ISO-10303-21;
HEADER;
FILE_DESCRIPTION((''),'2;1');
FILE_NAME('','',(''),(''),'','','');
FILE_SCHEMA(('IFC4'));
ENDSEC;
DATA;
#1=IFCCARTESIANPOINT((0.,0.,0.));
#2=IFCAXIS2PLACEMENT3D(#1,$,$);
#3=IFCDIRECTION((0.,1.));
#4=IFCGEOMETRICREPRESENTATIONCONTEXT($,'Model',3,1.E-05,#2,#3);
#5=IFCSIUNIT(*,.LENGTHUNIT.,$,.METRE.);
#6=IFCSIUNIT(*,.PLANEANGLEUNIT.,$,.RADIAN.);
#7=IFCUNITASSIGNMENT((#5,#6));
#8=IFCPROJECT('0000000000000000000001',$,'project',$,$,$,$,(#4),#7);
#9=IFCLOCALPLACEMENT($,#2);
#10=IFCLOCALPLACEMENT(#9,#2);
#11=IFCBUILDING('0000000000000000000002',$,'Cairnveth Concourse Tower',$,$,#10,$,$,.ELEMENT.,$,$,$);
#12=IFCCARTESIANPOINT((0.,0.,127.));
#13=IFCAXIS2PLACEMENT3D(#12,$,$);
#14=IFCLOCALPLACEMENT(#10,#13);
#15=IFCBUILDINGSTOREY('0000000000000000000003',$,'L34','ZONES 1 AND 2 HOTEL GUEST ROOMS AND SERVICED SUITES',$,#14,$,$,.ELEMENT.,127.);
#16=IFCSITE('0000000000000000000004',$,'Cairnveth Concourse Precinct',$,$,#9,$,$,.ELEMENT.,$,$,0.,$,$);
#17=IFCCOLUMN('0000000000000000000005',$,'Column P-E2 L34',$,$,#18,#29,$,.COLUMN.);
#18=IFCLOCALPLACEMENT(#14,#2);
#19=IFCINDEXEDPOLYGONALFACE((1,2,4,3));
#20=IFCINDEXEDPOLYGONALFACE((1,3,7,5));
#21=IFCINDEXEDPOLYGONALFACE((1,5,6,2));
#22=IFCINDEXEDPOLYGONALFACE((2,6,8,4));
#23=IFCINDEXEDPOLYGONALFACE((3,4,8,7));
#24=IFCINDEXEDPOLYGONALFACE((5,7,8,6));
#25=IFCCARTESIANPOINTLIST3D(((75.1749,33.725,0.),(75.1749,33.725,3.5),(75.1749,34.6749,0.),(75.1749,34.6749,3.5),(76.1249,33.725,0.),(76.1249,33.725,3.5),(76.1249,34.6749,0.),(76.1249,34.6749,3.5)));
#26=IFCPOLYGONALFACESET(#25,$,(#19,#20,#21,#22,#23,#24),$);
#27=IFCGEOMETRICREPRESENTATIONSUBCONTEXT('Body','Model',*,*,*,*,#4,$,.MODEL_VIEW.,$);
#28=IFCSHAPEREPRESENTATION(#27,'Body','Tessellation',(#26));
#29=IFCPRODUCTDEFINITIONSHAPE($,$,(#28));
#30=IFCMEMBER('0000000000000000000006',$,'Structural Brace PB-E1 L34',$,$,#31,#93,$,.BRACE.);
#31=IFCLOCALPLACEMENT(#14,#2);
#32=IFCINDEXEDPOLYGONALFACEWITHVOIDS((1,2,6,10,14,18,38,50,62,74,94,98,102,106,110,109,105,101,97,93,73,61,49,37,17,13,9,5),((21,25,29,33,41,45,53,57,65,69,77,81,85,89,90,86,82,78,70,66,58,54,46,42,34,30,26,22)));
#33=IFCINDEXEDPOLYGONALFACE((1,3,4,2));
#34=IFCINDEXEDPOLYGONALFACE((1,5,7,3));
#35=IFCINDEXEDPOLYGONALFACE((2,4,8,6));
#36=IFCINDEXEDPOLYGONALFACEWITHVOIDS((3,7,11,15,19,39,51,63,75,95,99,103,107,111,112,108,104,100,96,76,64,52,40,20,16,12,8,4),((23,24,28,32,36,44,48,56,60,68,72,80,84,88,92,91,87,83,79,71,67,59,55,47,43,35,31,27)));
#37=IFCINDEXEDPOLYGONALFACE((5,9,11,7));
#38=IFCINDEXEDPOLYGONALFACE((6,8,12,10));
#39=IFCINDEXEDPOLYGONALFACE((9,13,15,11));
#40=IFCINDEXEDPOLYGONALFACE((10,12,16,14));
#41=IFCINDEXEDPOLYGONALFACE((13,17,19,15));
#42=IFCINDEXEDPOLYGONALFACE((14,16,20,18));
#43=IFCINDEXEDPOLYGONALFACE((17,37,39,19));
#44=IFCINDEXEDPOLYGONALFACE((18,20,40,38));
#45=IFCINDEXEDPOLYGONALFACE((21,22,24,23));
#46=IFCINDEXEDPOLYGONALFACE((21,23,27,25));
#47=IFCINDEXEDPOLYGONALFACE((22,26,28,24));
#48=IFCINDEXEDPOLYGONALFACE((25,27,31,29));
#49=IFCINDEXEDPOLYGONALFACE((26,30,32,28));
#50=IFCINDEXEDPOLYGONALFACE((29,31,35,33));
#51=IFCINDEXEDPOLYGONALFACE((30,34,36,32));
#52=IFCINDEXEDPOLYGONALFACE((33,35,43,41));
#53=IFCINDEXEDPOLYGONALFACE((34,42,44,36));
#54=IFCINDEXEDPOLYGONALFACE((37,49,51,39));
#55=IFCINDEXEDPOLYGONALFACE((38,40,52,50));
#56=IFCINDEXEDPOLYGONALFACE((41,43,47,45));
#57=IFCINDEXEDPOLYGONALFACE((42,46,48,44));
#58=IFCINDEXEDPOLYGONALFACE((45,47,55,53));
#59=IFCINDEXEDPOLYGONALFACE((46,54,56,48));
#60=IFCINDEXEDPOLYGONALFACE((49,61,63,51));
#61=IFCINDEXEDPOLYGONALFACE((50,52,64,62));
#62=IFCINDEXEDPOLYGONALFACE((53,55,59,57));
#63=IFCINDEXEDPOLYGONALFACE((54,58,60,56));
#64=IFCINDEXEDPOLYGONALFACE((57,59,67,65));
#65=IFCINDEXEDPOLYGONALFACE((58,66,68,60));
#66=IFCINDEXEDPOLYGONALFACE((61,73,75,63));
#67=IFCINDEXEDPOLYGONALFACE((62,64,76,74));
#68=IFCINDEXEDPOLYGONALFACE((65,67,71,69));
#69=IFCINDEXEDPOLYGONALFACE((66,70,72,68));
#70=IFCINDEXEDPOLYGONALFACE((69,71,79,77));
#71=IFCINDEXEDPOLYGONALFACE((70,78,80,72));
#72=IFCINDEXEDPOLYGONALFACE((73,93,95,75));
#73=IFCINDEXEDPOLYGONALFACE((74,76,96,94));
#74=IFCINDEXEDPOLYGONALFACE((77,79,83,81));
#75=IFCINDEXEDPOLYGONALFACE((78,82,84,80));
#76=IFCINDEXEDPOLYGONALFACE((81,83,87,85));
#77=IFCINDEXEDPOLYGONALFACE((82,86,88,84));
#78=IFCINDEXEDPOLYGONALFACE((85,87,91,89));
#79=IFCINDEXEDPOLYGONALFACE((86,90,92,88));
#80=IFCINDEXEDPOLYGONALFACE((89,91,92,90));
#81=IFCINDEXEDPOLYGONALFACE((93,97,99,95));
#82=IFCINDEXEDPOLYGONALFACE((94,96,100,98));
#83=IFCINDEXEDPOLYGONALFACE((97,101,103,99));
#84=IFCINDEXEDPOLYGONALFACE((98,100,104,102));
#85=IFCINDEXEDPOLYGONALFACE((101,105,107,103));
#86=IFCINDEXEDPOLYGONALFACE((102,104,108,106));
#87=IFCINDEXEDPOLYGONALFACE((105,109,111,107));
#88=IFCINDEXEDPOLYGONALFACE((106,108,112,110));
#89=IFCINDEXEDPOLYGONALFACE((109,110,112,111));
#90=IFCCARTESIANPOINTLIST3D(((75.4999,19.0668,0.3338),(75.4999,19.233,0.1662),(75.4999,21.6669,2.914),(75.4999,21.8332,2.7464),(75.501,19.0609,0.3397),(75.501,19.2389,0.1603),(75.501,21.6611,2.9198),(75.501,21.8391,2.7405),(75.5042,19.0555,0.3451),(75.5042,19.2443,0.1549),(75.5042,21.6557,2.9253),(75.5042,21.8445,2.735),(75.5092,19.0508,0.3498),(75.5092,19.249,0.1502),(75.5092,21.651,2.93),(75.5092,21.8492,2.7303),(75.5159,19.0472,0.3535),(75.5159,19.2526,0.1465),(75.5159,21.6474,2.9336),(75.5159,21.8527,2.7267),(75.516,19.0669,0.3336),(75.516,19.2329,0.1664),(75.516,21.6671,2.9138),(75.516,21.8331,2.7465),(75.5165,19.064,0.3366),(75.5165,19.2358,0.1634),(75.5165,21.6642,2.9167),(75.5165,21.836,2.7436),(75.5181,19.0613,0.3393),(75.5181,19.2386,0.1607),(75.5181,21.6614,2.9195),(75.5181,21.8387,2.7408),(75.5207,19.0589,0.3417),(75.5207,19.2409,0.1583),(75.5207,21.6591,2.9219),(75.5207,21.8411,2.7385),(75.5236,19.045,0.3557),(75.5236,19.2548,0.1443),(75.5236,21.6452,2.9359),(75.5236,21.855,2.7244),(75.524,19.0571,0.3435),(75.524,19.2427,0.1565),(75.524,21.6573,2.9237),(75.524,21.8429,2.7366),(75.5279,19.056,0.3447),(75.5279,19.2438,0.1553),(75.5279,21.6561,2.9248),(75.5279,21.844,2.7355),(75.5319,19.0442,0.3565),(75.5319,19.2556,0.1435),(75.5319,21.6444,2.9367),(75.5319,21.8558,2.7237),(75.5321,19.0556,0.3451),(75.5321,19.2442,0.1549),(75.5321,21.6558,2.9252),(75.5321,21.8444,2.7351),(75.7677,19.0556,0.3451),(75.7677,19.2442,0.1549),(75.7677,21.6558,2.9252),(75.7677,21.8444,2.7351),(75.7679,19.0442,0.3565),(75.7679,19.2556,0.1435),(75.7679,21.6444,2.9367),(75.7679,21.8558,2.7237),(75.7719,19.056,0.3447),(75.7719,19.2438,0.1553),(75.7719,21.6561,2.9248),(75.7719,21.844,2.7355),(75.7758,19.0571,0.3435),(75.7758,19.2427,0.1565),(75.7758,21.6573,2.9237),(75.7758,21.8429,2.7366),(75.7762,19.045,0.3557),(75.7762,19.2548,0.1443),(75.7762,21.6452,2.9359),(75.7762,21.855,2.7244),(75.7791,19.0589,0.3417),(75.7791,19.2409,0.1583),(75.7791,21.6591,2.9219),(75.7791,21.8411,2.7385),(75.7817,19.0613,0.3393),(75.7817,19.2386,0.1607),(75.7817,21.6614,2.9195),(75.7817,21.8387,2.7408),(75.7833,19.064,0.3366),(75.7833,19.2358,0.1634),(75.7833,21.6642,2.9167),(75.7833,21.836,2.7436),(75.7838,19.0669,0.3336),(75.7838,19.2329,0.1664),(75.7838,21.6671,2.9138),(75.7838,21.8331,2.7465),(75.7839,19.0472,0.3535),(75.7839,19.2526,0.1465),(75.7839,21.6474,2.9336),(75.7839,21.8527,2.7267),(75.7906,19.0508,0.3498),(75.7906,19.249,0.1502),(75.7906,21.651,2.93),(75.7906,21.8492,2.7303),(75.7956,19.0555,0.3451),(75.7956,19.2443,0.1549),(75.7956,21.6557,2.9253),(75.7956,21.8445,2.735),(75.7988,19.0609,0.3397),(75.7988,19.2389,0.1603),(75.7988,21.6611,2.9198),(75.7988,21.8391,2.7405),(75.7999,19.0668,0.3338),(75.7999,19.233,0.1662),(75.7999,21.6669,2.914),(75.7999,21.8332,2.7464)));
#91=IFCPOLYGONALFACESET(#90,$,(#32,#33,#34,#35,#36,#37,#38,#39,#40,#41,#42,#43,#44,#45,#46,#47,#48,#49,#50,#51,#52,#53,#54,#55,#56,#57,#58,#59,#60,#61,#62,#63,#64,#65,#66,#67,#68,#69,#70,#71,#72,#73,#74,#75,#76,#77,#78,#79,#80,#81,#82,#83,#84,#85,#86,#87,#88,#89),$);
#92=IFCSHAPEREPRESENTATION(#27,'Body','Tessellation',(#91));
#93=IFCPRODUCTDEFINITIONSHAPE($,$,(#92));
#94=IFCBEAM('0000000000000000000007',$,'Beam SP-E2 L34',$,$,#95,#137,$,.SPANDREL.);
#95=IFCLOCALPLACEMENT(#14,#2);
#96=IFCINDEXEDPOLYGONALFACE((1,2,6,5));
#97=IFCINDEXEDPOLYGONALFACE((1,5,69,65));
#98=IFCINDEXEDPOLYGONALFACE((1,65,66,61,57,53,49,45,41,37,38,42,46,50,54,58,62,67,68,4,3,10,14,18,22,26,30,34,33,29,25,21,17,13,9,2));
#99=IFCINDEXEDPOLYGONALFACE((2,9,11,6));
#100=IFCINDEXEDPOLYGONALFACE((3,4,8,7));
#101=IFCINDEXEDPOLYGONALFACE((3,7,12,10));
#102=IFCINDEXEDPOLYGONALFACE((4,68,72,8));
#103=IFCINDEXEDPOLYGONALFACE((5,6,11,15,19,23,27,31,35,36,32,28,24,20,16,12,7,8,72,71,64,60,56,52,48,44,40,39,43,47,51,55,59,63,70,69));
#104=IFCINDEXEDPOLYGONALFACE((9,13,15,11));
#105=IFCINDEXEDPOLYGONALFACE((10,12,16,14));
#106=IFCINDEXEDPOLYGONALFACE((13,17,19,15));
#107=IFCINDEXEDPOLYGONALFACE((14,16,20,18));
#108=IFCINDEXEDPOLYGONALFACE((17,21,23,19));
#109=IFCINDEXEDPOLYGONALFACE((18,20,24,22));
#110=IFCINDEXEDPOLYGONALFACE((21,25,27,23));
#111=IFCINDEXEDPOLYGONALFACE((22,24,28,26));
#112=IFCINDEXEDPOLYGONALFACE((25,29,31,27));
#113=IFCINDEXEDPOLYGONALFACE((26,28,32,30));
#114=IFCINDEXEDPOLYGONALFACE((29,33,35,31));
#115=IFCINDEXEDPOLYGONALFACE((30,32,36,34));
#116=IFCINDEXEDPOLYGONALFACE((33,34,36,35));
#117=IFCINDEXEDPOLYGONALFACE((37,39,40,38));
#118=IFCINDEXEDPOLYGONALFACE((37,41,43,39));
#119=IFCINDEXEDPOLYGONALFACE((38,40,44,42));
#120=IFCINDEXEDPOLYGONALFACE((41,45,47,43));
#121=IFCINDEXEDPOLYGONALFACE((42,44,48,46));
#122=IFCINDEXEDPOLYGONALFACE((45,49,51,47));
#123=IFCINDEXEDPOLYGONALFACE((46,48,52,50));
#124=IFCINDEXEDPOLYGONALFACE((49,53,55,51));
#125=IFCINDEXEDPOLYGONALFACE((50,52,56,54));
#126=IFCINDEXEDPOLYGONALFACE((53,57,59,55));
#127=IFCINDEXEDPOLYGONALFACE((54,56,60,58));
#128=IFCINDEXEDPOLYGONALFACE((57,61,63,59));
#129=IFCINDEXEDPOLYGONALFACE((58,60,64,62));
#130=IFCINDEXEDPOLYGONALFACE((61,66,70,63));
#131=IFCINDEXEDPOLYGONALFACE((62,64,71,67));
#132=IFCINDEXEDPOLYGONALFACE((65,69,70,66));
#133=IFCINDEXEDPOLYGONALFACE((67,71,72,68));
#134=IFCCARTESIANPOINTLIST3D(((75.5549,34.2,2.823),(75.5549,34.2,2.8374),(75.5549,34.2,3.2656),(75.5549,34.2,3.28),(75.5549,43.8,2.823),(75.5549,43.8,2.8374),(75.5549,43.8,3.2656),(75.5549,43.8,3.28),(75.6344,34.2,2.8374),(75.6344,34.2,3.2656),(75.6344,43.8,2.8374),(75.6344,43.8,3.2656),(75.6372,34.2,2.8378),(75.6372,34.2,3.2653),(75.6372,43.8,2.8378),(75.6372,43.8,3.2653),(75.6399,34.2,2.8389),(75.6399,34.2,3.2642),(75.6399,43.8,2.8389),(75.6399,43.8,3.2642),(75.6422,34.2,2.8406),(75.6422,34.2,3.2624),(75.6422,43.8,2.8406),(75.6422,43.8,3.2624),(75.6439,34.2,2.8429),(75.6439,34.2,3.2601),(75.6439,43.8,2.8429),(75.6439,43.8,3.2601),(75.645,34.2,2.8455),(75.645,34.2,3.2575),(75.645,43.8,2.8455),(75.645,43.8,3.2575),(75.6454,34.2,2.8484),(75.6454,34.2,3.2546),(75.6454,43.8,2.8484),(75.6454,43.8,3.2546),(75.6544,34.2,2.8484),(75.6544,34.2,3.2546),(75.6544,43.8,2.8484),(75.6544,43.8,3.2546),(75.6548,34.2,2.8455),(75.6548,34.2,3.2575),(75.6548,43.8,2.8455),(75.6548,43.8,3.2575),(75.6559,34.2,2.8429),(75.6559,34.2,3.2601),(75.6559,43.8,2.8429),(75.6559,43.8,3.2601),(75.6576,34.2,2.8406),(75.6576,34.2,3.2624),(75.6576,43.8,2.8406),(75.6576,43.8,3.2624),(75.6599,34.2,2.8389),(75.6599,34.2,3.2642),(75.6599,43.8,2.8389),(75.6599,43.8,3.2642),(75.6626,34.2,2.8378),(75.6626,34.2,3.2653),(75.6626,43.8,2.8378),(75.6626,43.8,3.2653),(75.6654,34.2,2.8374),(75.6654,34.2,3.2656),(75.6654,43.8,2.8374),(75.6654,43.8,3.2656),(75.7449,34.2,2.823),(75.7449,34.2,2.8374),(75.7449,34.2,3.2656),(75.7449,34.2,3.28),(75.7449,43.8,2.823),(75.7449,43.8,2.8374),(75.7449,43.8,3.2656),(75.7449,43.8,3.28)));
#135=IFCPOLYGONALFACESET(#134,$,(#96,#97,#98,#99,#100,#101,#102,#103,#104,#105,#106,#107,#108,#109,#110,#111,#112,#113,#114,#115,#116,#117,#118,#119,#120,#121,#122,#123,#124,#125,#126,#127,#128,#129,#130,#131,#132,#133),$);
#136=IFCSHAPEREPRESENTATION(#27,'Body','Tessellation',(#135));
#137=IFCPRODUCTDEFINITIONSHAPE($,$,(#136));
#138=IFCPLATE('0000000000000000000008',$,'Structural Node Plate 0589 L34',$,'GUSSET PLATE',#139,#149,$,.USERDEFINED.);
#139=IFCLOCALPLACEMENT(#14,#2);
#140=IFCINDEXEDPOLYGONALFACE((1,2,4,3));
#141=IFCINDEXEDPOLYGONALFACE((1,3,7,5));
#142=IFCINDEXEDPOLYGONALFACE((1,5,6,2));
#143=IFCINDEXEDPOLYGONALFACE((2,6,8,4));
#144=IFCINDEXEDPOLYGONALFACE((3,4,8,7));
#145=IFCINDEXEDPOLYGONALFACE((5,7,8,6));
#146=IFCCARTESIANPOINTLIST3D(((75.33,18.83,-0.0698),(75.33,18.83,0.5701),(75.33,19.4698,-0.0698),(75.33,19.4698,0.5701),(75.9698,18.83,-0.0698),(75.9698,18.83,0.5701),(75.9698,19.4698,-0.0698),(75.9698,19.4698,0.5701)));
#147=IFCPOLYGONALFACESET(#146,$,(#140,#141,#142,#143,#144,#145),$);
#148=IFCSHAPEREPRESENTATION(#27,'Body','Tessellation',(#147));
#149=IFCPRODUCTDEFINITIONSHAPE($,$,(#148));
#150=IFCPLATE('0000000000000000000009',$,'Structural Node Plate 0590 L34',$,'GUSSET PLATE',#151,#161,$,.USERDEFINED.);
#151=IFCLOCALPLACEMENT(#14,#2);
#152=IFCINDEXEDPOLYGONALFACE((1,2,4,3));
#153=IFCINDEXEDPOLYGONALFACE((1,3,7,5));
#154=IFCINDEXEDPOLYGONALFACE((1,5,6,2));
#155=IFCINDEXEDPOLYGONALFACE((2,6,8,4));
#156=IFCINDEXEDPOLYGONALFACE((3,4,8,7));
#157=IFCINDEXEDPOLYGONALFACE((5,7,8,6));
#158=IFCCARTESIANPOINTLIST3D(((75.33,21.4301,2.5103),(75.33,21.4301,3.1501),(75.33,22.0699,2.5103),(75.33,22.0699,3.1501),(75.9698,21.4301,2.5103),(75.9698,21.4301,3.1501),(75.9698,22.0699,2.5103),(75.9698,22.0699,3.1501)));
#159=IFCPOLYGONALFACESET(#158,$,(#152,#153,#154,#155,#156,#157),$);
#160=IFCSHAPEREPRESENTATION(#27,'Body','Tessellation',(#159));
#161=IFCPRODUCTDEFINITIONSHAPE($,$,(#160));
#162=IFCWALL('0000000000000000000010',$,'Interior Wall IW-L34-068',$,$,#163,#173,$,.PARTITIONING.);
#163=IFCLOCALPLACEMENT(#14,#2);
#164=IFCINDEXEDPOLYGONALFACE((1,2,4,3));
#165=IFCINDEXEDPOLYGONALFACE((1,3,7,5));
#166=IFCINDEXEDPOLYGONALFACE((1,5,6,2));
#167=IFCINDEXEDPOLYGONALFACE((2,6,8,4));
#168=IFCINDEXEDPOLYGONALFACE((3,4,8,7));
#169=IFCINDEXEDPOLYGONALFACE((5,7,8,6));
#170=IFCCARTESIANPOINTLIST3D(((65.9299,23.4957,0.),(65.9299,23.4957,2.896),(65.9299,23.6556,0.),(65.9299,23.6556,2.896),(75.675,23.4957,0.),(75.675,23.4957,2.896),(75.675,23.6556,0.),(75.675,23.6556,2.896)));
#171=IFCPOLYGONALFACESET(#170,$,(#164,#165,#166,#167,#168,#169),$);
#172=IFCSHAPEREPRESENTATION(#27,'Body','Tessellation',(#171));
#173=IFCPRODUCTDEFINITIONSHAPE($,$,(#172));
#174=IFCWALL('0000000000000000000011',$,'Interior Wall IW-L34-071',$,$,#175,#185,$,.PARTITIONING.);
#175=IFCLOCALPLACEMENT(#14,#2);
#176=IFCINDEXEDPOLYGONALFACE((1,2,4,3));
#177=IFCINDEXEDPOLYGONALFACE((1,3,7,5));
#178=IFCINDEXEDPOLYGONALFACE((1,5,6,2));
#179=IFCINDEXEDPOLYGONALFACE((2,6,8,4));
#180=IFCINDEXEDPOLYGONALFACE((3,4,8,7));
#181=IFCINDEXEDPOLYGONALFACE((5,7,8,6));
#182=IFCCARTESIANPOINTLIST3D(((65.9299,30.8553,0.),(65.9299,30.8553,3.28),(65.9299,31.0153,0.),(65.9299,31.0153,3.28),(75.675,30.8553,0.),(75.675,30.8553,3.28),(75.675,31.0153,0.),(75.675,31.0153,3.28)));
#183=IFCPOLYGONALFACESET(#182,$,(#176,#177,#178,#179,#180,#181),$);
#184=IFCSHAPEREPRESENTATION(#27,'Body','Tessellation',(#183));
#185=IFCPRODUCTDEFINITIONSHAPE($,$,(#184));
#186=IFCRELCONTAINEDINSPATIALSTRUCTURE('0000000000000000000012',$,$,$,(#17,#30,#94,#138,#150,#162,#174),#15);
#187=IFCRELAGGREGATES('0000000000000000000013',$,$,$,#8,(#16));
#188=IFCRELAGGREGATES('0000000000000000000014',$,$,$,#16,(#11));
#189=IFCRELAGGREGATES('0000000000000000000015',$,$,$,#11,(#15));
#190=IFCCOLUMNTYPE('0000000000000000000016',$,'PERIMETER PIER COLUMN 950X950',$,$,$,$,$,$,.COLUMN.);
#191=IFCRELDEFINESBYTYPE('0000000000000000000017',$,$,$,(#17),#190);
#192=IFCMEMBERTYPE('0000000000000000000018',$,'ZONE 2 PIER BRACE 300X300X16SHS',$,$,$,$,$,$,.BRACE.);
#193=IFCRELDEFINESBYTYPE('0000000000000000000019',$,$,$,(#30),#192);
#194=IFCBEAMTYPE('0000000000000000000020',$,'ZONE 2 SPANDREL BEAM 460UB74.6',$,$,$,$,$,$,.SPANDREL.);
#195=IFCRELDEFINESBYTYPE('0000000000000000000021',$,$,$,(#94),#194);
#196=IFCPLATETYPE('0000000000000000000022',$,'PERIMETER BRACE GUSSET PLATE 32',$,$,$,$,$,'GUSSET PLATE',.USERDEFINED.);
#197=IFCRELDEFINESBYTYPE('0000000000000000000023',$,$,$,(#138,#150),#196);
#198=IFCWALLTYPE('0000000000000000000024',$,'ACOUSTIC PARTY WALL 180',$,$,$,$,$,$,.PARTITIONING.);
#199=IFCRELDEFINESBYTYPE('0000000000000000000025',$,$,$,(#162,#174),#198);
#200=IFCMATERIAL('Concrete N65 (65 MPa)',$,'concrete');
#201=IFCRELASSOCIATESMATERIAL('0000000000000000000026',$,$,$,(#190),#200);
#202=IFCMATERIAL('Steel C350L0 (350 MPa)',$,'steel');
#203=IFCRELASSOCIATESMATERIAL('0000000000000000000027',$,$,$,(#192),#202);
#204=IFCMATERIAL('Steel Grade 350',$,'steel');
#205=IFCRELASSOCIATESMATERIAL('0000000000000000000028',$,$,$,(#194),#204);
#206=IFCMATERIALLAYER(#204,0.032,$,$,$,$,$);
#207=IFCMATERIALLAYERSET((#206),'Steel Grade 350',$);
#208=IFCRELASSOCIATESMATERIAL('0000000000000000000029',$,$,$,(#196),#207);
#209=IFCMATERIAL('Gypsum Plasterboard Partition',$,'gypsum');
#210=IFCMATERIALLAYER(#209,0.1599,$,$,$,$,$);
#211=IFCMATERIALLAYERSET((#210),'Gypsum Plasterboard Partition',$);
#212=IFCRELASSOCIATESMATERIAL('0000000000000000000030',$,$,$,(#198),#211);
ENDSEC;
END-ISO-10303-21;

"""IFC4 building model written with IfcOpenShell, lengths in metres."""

from ifc_helpers import new_model, si_unit, direction, frame, frame_2d, origin, origin_2d, place, context, subcontext, project, spatial, rectangle, hollow_rectangle, i_section, extrude, material, layer, layer_set, material_profile, profile_set, type_object, element, save


model = new_model("IFC4")

# Units and contexts
model_context = context("Model", 3, precision=1e-05, world=origin(), true_north=direction((0.0, 1.0)))
body_context = subcontext(model_context, "Body", "Model", "MODEL_VIEW")
ifc_project = project(units=[si_unit("LENGTHUNIT", "METRE"), si_unit("PLANEANGLEUNIT", "RADIAN")], contexts=[model_context])

# Site, building, storey
site_placement = place(None, origin())
site = spatial("IfcSite", under=ifc_project, at=site_placement, Name="Cairnveth Concourse Precinct", CompositionType="ELEMENT", RefElevation=0.0)
building_placement = place(site_placement, origin())
building = spatial("IfcBuilding", under=site, at=building_placement, Name="Cairnveth Concourse Tower", CompositionType="ELEMENT")
storey_placement = place(building_placement, frame((0.0, 0.0, 127.0)))
storey = spatial("IfcBuildingStorey", under=building, at=storey_placement, Name="L34", Description="ZONES 1 AND 2 HOTEL GUEST ROOMS AND SERVICED SUITES", CompositionType="ELEMENT", Elevation=127.0)

# Column
ifc_material_1 = material(Name="Concrete N65 (65 MPa)", Category="concrete")
ifc_material_profile_1 = material_profile(ifc_material_1, rectangle(XDim=0.95, YDim=0.95, at=origin_2d()), Name="RC-COL-950x950")
ifc_profile_set_1 = profile_set([ifc_material_profile_1], Name="Concrete N65 (65 MPa)")
column_type = type_object("IfcColumnType", Name="PERIMETER PIER COLUMN 950X950", PredefinedType="COLUMN", material=ifc_profile_set_1)
column_placement = place(storey_placement, frame((75.6499, 34.2, 0.0), z_axis=(0.0, 0.0, 1.0), x_axis=(0.0, 1.0, 0.0)))
element("IfcColumn", 1, at=column_placement, inside=storey, type_object=column_type, Name="Column P-E2 L34", PredefinedType="COLUMN", context=body_context, shape_type="SweptSolid", body=[
    extrude(rectangle(XDim=0.95, YDim=0.95, at=origin_2d()), origin(), (0.0, 0.0, 1.0), 3.5),
])

# Member
ifc_material_2 = material(Name="Steel C350L0 (350 MPa)", Category="steel")
ifc_material_profile_2 = material_profile(ifc_material_2, hollow_rectangle(XDim=0.3, YDim=0.3, WallThickness=0.0161, InnerFilletRadius=0.0161, OuterFilletRadius=0.032, at=origin_2d()), Name="300x300x16.0SHS")
ifc_profile_set_2 = profile_set([ifc_material_profile_2], Name="Steel C350L0 (350 MPa)")
member_type = type_object("IfcMemberType", Name="ZONE 2 PIER BRACE 300X300X16SHS", PredefinedType="BRACE", material=ifc_profile_set_2)
member_placement = place(storey_placement, frame((75.6499, 19.1499, 0.25), z_axis=(0.0, 0.709834, 0.704369), x_axis=(-1.0, 0.0, 0.0)))
element("IfcMember", 2, at=member_placement, inside=storey, type_object=member_type, Name="Structural Brace PB-E1 L34", PredefinedType="BRACE", context=body_context, shape_type="SweptSolid", body=[
    extrude(hollow_rectangle(XDim=0.3, YDim=0.3, WallThickness=0.0161, InnerFilletRadius=0.0161, OuterFilletRadius=0.032, at=origin_2d()), origin(), (0.0, 0.0, 1.0), 3.6631),
])

# Beam
ifc_material_3 = material(Name="Steel Grade 350", Category="steel")
ifc_material_profile_3 = material_profile(ifc_material_3, i_section(OverallWidth=0.1899, OverallDepth=0.457, WebThickness=0.009, FlangeThickness=0.0144, FilletRadius=0.011, at=origin_2d()), Name="460UB74.6")
ifc_profile_set_3 = profile_set([ifc_material_profile_3], Name="Steel Grade 350")
beam_type = type_object("IfcBeamType", Name="ZONE 2 SPANDREL BEAM 460UB74.6", PredefinedType="SPANDREL", material=ifc_profile_set_3)
beam_placement = place(storey_placement, frame((75.6499, 34.2, 3.0515), z_axis=(0.0, 1.0, 0.0), x_axis=(-1.0, 0.0, 0.0)))
element("IfcBeam", 3, at=beam_placement, inside=storey, type_object=beam_type, Name="Beam SP-E2 L34", PredefinedType="SPANDREL", context=body_context, shape_type="SweptSolid", body=[
    extrude(i_section(OverallWidth=0.1899, OverallDepth=0.457, WebThickness=0.009, FlangeThickness=0.0144, FilletRadius=0.011, at=origin_2d()), origin(), (0.0, 0.0, 1.0), 9.6001),
])

# Plates
ifc_layer_1 = layer(ifc_material_3, 0.032)
ifc_layer_set_1 = layer_set([ifc_layer_1], Name="Steel Grade 350")
plate_type = type_object("IfcPlateType", Name="PERIMETER BRACE GUSSET PLATE 32", ElementType="GUSSET PLATE", PredefinedType="USERDEFINED", material=ifc_layer_set_1)
for number, where, z_axis, x_axis, name in (
    (4, (75.6499, 19.1499, -0.0698), (0.0, 0.0, 1.0), (1.0, 0.0, 0.0), "Structural Node Plate 0589 L34"),
    (5, (75.6499, 21.75, 2.5103), (0.0, 0.0, 1.0), (1.0, 0.0, 0.0), "Structural Node Plate 0590 L34"),
):
    element("IfcPlate", number, at=place(storey_placement, frame(where, z_axis=z_axis, x_axis=x_axis)), inside=storey, type_object=plate_type, Name=name, ObjectType="GUSSET PLATE", PredefinedType="USERDEFINED", context=body_context, shape_type="SweptSolid", body=[
        extrude(rectangle(XDim=0.6399, YDim=0.6399, at=origin_2d()), origin(), (0.0, 0.0, 1.0), 0.6399),
    ])

# Walls
ifc_material_4 = material(Name="Gypsum Plasterboard Partition", Category="gypsum")
ifc_layer_2 = layer(ifc_material_4, 0.1599)
ifc_layer_set_2 = layer_set([ifc_layer_2], Name="Gypsum Plasterboard Partition")
wall_type_1 = type_object("IfcWallType", Name="ACOUSTIC PARTY WALL 180", PredefinedType="PARTITIONING", material=ifc_layer_set_2)
wall_1_placement = place(storey_placement, frame((65.9299, 23.5757, 0.0), z_axis=(0.0, 0.0, 1.0), x_axis=(1.0, 0.0, 0.0)))
element("IfcWall", 6, at=wall_1_placement, inside=storey, type_object=wall_type_1, Name="Interior Wall IW-L34-068", PredefinedType="PARTITIONING", context=body_context, shape_type="SweptSolid", body=[
    extrude(rectangle(XDim=9.7451, YDim=0.1599, at=frame_2d((4.8726, 0.0))), origin(), (0.0, 0.0, 1.0), 2.896),
])
wall_2_placement = place(storey_placement, frame((65.9299, 30.9353, 0.0), z_axis=(0.0, 0.0, 1.0), x_axis=(1.0, 0.0, 0.0)))
element("IfcWall", 7, at=wall_2_placement, inside=storey, type_object=wall_type_1, Name="Interior Wall IW-L34-071", PredefinedType="PARTITIONING", context=body_context, shape_type="SweptSolid", body=[
    extrude(rectangle(XDim=9.7451, YDim=0.1599, at=frame_2d((4.8726, 0.0))), origin(), (0.0, 0.0, 1.0), 3.28),
])

save(model, "model.ifc")
